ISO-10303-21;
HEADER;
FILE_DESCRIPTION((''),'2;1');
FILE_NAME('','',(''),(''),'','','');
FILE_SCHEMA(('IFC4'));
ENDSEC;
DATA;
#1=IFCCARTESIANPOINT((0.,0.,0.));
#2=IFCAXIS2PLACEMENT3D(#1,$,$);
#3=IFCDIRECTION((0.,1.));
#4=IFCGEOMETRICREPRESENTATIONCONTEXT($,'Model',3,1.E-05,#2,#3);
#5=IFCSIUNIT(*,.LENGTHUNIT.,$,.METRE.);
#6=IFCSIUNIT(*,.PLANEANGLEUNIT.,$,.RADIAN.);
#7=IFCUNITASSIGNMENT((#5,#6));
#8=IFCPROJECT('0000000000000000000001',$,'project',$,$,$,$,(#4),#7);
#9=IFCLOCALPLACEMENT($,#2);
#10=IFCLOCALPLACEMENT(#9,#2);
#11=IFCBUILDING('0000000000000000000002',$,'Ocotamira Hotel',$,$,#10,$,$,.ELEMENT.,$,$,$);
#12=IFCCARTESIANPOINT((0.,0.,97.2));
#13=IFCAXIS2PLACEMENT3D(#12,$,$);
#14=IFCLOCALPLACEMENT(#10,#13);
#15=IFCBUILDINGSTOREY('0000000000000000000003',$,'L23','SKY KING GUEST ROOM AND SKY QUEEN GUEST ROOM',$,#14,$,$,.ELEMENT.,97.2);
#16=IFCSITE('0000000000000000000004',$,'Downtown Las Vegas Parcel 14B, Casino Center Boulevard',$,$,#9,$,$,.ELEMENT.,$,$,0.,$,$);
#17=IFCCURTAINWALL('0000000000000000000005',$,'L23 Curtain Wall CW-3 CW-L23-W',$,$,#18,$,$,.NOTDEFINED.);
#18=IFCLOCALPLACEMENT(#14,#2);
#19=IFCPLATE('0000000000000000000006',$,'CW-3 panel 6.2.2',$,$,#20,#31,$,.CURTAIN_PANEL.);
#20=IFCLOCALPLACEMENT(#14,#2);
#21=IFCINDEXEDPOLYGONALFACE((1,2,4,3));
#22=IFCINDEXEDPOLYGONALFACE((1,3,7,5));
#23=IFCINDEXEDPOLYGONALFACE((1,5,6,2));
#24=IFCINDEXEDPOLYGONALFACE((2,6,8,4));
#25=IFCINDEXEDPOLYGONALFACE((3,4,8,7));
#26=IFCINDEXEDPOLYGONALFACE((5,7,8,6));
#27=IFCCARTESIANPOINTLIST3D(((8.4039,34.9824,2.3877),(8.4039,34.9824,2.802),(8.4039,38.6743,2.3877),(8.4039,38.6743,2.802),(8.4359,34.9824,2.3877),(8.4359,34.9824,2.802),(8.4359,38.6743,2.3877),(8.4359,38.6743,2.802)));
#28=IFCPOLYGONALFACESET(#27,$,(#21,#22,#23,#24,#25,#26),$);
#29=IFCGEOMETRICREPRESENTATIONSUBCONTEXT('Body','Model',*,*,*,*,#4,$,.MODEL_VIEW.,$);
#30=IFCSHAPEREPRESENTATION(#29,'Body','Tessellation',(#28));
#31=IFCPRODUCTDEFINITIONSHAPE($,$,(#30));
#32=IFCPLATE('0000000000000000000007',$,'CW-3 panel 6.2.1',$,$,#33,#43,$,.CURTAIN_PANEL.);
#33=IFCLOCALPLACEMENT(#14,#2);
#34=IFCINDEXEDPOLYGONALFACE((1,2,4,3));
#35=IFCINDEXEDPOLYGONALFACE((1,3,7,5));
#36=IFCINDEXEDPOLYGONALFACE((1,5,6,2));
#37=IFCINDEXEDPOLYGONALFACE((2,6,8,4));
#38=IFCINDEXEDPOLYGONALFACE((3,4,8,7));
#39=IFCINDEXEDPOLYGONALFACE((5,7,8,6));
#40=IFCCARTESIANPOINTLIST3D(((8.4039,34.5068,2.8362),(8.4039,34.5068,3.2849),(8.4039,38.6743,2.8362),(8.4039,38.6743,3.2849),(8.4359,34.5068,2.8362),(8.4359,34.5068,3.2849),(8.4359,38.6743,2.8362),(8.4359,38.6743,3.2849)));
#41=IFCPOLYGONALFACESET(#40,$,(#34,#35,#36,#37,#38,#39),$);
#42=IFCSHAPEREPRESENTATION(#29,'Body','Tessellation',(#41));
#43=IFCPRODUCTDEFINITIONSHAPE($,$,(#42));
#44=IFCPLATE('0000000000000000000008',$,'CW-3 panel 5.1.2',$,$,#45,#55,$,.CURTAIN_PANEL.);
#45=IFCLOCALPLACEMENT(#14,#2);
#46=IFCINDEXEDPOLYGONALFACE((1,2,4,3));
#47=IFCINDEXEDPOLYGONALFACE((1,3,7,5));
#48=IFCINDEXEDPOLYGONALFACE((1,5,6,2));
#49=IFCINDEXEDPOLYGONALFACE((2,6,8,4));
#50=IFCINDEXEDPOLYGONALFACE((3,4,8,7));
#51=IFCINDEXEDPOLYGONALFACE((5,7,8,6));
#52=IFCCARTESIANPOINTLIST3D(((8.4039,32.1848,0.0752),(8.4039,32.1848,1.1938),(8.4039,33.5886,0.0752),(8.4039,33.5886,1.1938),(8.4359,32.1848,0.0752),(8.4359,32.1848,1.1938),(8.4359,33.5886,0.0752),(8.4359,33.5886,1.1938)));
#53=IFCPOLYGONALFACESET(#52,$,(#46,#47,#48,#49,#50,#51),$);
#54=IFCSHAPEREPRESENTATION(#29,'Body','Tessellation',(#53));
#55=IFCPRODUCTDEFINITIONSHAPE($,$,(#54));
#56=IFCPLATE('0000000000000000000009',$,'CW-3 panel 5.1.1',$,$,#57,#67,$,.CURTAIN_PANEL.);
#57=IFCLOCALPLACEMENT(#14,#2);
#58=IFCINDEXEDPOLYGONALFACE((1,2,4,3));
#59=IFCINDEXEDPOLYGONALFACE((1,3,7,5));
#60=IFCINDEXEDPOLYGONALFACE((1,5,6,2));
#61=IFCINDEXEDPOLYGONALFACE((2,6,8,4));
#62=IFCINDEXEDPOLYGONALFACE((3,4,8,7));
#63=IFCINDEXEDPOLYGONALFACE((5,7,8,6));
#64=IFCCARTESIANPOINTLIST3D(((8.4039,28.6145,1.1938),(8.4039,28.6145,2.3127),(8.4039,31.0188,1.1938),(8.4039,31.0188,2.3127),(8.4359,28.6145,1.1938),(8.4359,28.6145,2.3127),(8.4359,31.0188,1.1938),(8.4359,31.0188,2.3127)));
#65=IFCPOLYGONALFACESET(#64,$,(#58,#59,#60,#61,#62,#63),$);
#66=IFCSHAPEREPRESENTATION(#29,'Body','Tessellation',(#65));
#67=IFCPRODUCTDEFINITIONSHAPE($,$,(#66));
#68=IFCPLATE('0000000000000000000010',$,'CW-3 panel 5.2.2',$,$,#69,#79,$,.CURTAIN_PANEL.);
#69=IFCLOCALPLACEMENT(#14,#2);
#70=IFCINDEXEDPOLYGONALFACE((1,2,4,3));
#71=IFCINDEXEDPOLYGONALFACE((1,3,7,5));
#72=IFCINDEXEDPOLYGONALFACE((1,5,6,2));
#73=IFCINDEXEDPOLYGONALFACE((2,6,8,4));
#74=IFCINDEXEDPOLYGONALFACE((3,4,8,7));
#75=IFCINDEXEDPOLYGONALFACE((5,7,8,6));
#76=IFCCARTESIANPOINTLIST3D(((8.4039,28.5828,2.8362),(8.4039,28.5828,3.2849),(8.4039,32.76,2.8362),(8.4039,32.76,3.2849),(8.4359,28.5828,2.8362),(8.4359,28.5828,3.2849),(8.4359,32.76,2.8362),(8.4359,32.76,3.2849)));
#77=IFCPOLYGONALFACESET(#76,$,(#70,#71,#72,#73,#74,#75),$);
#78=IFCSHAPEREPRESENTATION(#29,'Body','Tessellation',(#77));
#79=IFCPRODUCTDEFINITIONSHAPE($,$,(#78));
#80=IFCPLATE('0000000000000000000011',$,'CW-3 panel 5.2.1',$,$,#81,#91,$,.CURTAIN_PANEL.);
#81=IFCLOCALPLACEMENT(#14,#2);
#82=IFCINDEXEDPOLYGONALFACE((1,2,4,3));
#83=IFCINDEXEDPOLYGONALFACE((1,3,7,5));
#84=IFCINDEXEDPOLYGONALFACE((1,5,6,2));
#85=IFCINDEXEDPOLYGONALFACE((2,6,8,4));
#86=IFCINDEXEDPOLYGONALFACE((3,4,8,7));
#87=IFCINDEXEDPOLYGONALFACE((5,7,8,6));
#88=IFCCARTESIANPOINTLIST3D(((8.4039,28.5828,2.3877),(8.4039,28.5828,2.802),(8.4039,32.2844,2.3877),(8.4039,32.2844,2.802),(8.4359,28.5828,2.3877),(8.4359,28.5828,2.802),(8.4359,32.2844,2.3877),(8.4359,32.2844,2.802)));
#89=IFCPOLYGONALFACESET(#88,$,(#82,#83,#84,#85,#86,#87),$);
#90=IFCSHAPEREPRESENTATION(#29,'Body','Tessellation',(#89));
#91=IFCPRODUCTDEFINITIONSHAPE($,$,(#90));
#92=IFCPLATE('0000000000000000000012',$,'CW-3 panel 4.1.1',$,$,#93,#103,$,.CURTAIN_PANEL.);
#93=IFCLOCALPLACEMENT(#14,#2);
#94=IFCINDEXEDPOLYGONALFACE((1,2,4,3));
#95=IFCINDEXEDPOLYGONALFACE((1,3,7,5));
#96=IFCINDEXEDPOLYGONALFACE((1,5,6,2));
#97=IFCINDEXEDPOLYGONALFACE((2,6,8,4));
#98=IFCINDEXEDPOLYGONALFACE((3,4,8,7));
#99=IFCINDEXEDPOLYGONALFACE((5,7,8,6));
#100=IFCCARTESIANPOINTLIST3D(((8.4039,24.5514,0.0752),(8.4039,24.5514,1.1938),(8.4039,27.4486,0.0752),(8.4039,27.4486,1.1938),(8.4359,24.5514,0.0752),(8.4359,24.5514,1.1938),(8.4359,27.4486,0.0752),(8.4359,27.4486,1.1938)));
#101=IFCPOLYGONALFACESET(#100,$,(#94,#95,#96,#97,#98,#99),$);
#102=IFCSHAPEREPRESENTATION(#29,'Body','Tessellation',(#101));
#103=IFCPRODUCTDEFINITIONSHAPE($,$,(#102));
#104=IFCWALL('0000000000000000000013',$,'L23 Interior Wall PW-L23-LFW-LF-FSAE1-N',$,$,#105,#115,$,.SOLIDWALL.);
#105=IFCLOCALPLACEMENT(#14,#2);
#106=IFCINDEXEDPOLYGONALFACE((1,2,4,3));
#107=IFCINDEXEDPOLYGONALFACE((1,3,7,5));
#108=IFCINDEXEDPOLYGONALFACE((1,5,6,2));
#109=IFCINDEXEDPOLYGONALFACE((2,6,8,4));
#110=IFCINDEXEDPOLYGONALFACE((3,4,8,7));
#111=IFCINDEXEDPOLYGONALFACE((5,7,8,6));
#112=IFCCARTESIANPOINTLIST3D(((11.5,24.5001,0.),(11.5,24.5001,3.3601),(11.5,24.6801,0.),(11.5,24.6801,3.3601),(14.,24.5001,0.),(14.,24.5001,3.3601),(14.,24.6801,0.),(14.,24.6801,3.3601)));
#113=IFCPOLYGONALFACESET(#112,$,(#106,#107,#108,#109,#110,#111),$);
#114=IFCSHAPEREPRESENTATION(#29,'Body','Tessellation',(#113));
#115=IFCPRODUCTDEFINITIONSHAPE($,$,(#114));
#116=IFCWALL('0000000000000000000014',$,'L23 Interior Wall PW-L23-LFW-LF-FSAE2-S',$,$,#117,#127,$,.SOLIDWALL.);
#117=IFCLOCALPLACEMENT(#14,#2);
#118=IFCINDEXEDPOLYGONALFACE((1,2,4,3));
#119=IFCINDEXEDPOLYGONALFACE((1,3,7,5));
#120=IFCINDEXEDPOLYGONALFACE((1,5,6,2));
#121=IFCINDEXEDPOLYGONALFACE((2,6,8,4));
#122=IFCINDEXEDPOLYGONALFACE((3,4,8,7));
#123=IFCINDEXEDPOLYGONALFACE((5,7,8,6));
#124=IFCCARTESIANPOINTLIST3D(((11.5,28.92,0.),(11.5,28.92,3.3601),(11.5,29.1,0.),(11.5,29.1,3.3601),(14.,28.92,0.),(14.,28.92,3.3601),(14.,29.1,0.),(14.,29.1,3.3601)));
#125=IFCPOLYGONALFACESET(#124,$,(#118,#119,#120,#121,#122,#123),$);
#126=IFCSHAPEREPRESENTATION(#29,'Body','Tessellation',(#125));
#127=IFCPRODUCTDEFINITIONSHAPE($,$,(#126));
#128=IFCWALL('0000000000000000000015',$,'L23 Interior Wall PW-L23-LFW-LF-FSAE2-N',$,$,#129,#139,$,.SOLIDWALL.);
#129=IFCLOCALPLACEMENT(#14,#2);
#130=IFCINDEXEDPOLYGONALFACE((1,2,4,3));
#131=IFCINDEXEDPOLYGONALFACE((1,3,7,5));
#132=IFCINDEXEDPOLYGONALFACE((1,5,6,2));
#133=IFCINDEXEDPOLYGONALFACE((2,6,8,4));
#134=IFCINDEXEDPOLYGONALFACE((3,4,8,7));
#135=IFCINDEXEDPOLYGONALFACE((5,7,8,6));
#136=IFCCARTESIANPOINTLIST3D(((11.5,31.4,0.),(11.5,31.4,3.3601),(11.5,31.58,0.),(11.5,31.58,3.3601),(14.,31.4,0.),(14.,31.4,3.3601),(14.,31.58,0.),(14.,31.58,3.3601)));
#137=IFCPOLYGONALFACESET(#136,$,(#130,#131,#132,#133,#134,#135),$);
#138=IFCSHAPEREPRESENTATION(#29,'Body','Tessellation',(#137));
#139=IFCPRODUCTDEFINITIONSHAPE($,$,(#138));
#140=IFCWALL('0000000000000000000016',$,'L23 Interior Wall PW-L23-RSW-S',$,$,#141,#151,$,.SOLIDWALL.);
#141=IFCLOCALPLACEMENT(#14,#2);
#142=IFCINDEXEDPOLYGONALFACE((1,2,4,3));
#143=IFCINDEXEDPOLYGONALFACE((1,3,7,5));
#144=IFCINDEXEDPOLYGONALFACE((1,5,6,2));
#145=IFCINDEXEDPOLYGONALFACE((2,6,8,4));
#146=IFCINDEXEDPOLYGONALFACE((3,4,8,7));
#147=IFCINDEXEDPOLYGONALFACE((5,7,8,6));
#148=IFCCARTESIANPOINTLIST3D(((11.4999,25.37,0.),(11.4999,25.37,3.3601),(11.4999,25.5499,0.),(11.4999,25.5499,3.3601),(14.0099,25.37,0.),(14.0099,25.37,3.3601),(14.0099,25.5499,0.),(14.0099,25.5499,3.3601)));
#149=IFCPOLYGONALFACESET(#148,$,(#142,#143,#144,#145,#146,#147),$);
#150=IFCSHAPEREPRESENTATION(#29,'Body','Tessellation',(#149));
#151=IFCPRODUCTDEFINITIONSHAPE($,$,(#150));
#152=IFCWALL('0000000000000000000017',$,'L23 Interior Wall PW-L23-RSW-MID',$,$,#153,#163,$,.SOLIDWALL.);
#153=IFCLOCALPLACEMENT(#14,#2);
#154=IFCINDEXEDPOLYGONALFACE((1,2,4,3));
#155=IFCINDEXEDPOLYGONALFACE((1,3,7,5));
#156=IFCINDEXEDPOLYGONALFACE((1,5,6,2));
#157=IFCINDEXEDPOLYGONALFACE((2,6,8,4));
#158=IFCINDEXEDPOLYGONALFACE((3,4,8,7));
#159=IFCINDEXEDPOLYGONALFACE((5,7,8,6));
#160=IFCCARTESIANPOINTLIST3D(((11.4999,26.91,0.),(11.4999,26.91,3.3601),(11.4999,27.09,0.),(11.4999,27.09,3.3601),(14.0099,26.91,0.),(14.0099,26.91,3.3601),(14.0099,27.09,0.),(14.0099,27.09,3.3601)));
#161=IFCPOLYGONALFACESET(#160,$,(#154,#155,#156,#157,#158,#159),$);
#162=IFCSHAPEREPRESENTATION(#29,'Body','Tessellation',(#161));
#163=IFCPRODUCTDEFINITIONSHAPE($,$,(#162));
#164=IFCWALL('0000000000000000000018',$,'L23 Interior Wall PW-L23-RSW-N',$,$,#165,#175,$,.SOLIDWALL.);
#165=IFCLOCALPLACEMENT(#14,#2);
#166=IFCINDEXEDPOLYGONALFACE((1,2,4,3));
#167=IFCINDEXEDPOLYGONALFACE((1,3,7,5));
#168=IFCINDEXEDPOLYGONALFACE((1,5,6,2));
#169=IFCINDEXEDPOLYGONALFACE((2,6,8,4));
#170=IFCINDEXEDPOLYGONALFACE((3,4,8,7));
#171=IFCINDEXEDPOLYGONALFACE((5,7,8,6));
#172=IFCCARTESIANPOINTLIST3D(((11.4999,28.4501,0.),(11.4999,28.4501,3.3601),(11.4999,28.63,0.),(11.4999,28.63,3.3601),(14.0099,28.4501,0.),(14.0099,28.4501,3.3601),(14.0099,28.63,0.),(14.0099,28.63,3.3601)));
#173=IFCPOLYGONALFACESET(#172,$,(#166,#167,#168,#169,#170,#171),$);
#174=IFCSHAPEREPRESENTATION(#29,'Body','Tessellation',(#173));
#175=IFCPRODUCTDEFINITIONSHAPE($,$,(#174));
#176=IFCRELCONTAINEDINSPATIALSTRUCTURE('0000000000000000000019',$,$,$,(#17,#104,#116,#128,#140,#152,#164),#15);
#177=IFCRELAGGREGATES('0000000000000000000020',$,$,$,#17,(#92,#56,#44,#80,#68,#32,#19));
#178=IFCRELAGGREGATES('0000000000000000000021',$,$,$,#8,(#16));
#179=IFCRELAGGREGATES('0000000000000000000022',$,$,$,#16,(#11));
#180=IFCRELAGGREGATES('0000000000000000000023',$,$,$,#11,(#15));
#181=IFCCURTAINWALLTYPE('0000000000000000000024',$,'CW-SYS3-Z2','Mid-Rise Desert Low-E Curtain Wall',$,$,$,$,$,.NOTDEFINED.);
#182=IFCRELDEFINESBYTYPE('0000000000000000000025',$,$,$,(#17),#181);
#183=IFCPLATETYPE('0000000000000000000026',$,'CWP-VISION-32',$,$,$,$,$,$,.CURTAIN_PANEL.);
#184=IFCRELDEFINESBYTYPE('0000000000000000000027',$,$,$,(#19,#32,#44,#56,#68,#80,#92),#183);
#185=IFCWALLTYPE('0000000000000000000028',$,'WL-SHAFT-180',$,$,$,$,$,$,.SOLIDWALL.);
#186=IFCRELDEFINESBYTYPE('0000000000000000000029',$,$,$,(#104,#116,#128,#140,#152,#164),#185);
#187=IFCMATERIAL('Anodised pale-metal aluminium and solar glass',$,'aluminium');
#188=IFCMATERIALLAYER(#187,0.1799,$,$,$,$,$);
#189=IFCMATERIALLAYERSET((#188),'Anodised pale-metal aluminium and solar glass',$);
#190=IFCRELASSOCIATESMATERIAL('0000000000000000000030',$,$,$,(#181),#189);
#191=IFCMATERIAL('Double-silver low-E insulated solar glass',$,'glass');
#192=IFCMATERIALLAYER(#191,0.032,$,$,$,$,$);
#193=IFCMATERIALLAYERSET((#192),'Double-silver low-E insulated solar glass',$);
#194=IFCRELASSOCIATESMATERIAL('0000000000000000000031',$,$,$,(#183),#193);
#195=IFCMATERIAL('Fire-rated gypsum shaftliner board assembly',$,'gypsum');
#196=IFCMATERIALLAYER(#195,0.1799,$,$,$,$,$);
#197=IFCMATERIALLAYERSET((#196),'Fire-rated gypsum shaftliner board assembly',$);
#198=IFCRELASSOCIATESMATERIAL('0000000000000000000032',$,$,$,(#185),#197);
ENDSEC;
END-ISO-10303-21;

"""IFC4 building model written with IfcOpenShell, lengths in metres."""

from ifc_helpers import new_model, si_unit, direction, frame, frame_2d, origin, origin_2d, place, context, subcontext, project, spatial, rectangle, extrude, source, transform, mapped, material, layer, layer_set, type_object, element, aggregate, save


model = new_model("IFC4")

# Units and contexts
model_context = context("Model", 3, precision=1e-05, world=origin(), true_north=direction((0.0, 1.0)))
body_context = subcontext(model_context, "Body", "Model", "MODEL_VIEW")
ifc_project = project(units=[si_unit("LENGTHUNIT", "METRE"), si_unit("PLANEANGLEUNIT", "RADIAN")], contexts=[model_context])

# Site, building, storey
site_placement = place(None, origin())
site = spatial("IfcSite", under=ifc_project, at=site_placement, Name="Downtown Las Vegas Parcel 14B, Casino Center Boulevard", CompositionType="ELEMENT", RefElevation=0.0)
building_placement = place(site_placement, origin())
building = spatial("IfcBuilding", under=site, at=building_placement, Name="Ocotamira Hotel", CompositionType="ELEMENT")
storey_placement = place(building_placement, frame((0.0, 0.0, 97.2)))
storey = spatial("IfcBuildingStorey", under=building, at=storey_placement, Name="L23", Description="SKY KING GUEST ROOM AND SKY QUEEN GUEST ROOM", CompositionType="ELEMENT", Elevation=97.2)

# Curtain wall
ifc_material_1 = material(Name="Anodised pale-metal aluminium and solar glass", Category="aluminium")
ifc_layer_1 = layer(ifc_material_1, 0.1799)
ifc_layer_set_1 = layer_set([ifc_layer_1], Name="Anodised pale-metal aluminium and solar glass")
curtain_wall_type = type_object("IfcCurtainWallType", Name="CW-SYS3-Z2", Description="Mid-Rise Desert Low-E Curtain Wall", PredefinedType="NOTDEFINED", material=ifc_layer_set_1)
curtain_wall_placement = place(storey_placement, origin())
curtain_wall = element("IfcCurtainWall", 1, at=curtain_wall_placement, inside=storey, type_object=curtain_wall_type, Name="L23 Curtain Wall CW-3 CW-L23-W", PredefinedType="NOTDEFINED")

# Plates
ifc_material_2 = material(Name="Double-silver low-E insulated solar glass", Category="glass")
ifc_layer_2 = layer(ifc_material_2, 0.032)
ifc_layer_set_2 = layer_set([ifc_layer_2], Name="Double-silver low-E insulated solar glass")
plate_type_1 = type_object("IfcPlateType", Name="CWP-VISION-32", PredefinedType="CURTAIN_PANEL", material=ifc_layer_set_2)
shared_shape_1 = source(origin(), body_context, "Body", "SweptSolid", [
    extrude(rectangle(XDim=3.6919, YDim=0.032, at=origin_2d()), origin(), (0.0, 0.0, 1.0), 0.4143),
])
plate_1_placement = place(storey_placement, frame((8.4199, 36.8284, 2.3877), z_axis=(0.0, 0.0, 1.0), x_axis=(0.0, 1.0, 0.0)))
plate_1 = element("IfcPlate", 2, at=plate_1_placement, type_object=plate_type_1, Name="CW-3 panel 6.2.2", PredefinedType="CURTAIN_PANEL", context=body_context, shape_type="MappedRepresentation", body=[
    mapped(shared_shape_1, transform((0.0, 0.0, 0.0), scale=1.0)),
])
shared_shape_2 = source(origin(), body_context, "Body", "SweptSolid", [
    extrude(rectangle(XDim=4.1675, YDim=0.032, at=origin_2d()), origin(), (0.0, 0.0, 1.0), 0.4487),
])
plate_2_placement = place(storey_placement, frame((8.4199, 36.5906, 2.8362), z_axis=(0.0, 0.0, 1.0), x_axis=(0.0, 1.0, 0.0)))
plate_2 = element("IfcPlate", 3, at=plate_2_placement, type_object=plate_type_1, Name="CW-3 panel 6.2.1", PredefinedType="CURTAIN_PANEL", context=body_context, shape_type="MappedRepresentation", body=[
    mapped(shared_shape_2, transform((0.0, 0.0, 0.0), scale=1.0)),
])
shared_shape_3 = source(origin(), body_context, "Body", "SweptSolid", [
    extrude(rectangle(XDim=1.4038, YDim=0.032, at=origin_2d()), origin(), (0.0, 0.0, 1.0), 1.1187),
])
plate_3_placement = place(storey_placement, frame((8.4199, 32.8867, 0.0752), z_axis=(0.0, 0.0, 1.0), x_axis=(0.0, 1.0, 0.0)))
plate_3 = element("IfcPlate", 4, at=plate_3_placement, type_object=plate_type_1, Name="CW-3 panel 5.1.2", PredefinedType="CURTAIN_PANEL", context=body_context, shape_type="MappedRepresentation", body=[
    mapped(shared_shape_3, transform((0.0, 0.0, 0.0), scale=1.0)),
])
shared_shape_4 = source(origin(), body_context, "Body", "SweptSolid", [
    extrude(rectangle(XDim=2.4043, YDim=0.032, at=origin_2d()), origin(), (0.0, 0.0, 1.0), 1.1189),
])
plate_4_placement = place(storey_placement, frame((8.4199, 29.8167, 1.1938), z_axis=(0.0, 0.0, 1.0), x_axis=(0.0, 1.0, 0.0)))
plate_4 = element("IfcPlate", 5, at=plate_4_placement, type_object=plate_type_1, Name="CW-3 panel 5.1.1", PredefinedType="CURTAIN_PANEL", context=body_context, shape_type="MappedRepresentation", body=[
    mapped(shared_shape_4, transform((0.0, 0.0, 0.0), scale=1.0)),
])
shared_shape_5 = source(origin(), body_context, "Body", "SweptSolid", [
    extrude(rectangle(XDim=4.1772, YDim=0.032, at=origin_2d()), origin(), (0.0, 0.0, 1.0), 0.4487),
])
plate_5_placement = place(storey_placement, frame((8.4199, 30.6714, 2.8362), z_axis=(0.0, 0.0, 1.0), x_axis=(0.0, 1.0, 0.0)))
plate_5 = element("IfcPlate", 6, at=plate_5_placement, type_object=plate_type_1, Name="CW-3 panel 5.2.2", PredefinedType="CURTAIN_PANEL", context=body_context, shape_type="MappedRepresentation", body=[
    mapped(shared_shape_5, transform((0.0, 0.0, 0.0), scale=1.0)),
])
shared_shape_6 = source(origin(), body_context, "Body", "SweptSolid", [
    extrude(rectangle(XDim=3.7017, YDim=0.032, at=origin_2d()), origin(), (0.0, 0.0, 1.0), 0.4143),
])
plate_6_placement = place(storey_placement, frame((8.4199, 30.4336, 2.3877), z_axis=(0.0, 0.0, 1.0), x_axis=(0.0, 1.0, 0.0)))
plate_6 = element("IfcPlate", 7, at=plate_6_placement, type_object=plate_type_1, Name="CW-3 panel 5.2.1", PredefinedType="CURTAIN_PANEL", context=body_context, shape_type="MappedRepresentation", body=[
    mapped(shared_shape_6, transform((0.0, 0.0, 0.0), scale=1.0)),
])
shared_shape_7 = source(origin(), body_context, "Body", "SweptSolid", [
    extrude(rectangle(XDim=2.8972, YDim=0.032, at=origin_2d()), origin(), (0.0, 0.0, 1.0), 1.1187),
])
plate_7_placement = place(storey_placement, frame((8.4199, 26.0, 0.0752), z_axis=(0.0, 0.0, 1.0), x_axis=(0.0, 1.0, 0.0)))
plate_7 = element("IfcPlate", 8, at=plate_7_placement, type_object=plate_type_1, Name="CW-3 panel 4.1.1", PredefinedType="CURTAIN_PANEL", context=body_context, shape_type="MappedRepresentation", body=[
    mapped(shared_shape_7, transform((0.0, 0.0, 0.0), scale=1.0)),
])
aggregate(curtain_wall, [plate_7, plate_4, plate_3, plate_6, plate_5, plate_2, plate_1])

# Walls
ifc_material_3 = material(Name="Fire-rated gypsum shaftliner board assembly", Category="gypsum")
ifc_layer_3 = layer(ifc_material_3, 0.1799)
ifc_layer_set_3 = layer_set([ifc_layer_3], Name="Fire-rated gypsum shaftliner board assembly")
wall_type_1 = type_object("IfcWallType", Name="WL-SHAFT-180", PredefinedType="SOLIDWALL", material=ifc_layer_set_3)
for number, where, z_axis, x_axis, name in (
    (9, (11.5, 24.5901, 0.0), (0.0, 0.0, 1.0), (1.0, 0.0, 0.0), "L23 Interior Wall PW-L23-LFW-LF-FSAE1-N"),
    (10, (11.5, 29.01, 0.0), (0.0, 0.0, 1.0), (1.0, 0.0, 0.0), "L23 Interior Wall PW-L23-LFW-LF-FSAE2-S"),
    (11, (11.5, 31.49, 0.0), (0.0, 0.0, 1.0), (1.0, 0.0, 0.0), "L23 Interior Wall PW-L23-LFW-LF-FSAE2-N"),
):
    element("IfcWall", number, at=place(storey_placement, frame(where, z_axis=z_axis, x_axis=x_axis)), inside=storey, type_object=wall_type_1, Name=name, PredefinedType="SOLIDWALL", context=body_context, shape_type="SweptSolid", body=[
        extrude(rectangle(XDim=2.5, YDim=0.1799, at=frame_2d((1.25, 0.0))), origin(), (0.0, 0.0, 1.0), 3.3601),
    ])
for number, where, z_axis, x_axis, name in (
    (12, (11.5, 25.46, 0.0), (0.0, 0.0, 1.0), (1.0, 0.0, 0.0), "L23 Interior Wall PW-L23-RSW-S"),
    (13, (11.5, 27.0, 0.0), (0.0, 0.0, 1.0), (1.0, 0.0, 0.0), "L23 Interior Wall PW-L23-RSW-MID"),
    (14, (11.5, 28.54, 0.0), (0.0, 0.0, 1.0), (1.0, 0.0, 0.0), "L23 Interior Wall PW-L23-RSW-N"),
):
    element("IfcWall", number, at=place(storey_placement, frame(where, z_axis=z_axis, x_axis=x_axis)), inside=storey, type_object=wall_type_1, Name=name, PredefinedType="SOLIDWALL", context=body_context, shape_type="SweptSolid", body=[
        extrude(rectangle(XDim=2.51, YDim=0.1799, at=frame_2d((1.2549, 0.0))), origin(), (0.0, 0.0, 1.0), 3.3601),
    ])

save(model, "model.ifc")
